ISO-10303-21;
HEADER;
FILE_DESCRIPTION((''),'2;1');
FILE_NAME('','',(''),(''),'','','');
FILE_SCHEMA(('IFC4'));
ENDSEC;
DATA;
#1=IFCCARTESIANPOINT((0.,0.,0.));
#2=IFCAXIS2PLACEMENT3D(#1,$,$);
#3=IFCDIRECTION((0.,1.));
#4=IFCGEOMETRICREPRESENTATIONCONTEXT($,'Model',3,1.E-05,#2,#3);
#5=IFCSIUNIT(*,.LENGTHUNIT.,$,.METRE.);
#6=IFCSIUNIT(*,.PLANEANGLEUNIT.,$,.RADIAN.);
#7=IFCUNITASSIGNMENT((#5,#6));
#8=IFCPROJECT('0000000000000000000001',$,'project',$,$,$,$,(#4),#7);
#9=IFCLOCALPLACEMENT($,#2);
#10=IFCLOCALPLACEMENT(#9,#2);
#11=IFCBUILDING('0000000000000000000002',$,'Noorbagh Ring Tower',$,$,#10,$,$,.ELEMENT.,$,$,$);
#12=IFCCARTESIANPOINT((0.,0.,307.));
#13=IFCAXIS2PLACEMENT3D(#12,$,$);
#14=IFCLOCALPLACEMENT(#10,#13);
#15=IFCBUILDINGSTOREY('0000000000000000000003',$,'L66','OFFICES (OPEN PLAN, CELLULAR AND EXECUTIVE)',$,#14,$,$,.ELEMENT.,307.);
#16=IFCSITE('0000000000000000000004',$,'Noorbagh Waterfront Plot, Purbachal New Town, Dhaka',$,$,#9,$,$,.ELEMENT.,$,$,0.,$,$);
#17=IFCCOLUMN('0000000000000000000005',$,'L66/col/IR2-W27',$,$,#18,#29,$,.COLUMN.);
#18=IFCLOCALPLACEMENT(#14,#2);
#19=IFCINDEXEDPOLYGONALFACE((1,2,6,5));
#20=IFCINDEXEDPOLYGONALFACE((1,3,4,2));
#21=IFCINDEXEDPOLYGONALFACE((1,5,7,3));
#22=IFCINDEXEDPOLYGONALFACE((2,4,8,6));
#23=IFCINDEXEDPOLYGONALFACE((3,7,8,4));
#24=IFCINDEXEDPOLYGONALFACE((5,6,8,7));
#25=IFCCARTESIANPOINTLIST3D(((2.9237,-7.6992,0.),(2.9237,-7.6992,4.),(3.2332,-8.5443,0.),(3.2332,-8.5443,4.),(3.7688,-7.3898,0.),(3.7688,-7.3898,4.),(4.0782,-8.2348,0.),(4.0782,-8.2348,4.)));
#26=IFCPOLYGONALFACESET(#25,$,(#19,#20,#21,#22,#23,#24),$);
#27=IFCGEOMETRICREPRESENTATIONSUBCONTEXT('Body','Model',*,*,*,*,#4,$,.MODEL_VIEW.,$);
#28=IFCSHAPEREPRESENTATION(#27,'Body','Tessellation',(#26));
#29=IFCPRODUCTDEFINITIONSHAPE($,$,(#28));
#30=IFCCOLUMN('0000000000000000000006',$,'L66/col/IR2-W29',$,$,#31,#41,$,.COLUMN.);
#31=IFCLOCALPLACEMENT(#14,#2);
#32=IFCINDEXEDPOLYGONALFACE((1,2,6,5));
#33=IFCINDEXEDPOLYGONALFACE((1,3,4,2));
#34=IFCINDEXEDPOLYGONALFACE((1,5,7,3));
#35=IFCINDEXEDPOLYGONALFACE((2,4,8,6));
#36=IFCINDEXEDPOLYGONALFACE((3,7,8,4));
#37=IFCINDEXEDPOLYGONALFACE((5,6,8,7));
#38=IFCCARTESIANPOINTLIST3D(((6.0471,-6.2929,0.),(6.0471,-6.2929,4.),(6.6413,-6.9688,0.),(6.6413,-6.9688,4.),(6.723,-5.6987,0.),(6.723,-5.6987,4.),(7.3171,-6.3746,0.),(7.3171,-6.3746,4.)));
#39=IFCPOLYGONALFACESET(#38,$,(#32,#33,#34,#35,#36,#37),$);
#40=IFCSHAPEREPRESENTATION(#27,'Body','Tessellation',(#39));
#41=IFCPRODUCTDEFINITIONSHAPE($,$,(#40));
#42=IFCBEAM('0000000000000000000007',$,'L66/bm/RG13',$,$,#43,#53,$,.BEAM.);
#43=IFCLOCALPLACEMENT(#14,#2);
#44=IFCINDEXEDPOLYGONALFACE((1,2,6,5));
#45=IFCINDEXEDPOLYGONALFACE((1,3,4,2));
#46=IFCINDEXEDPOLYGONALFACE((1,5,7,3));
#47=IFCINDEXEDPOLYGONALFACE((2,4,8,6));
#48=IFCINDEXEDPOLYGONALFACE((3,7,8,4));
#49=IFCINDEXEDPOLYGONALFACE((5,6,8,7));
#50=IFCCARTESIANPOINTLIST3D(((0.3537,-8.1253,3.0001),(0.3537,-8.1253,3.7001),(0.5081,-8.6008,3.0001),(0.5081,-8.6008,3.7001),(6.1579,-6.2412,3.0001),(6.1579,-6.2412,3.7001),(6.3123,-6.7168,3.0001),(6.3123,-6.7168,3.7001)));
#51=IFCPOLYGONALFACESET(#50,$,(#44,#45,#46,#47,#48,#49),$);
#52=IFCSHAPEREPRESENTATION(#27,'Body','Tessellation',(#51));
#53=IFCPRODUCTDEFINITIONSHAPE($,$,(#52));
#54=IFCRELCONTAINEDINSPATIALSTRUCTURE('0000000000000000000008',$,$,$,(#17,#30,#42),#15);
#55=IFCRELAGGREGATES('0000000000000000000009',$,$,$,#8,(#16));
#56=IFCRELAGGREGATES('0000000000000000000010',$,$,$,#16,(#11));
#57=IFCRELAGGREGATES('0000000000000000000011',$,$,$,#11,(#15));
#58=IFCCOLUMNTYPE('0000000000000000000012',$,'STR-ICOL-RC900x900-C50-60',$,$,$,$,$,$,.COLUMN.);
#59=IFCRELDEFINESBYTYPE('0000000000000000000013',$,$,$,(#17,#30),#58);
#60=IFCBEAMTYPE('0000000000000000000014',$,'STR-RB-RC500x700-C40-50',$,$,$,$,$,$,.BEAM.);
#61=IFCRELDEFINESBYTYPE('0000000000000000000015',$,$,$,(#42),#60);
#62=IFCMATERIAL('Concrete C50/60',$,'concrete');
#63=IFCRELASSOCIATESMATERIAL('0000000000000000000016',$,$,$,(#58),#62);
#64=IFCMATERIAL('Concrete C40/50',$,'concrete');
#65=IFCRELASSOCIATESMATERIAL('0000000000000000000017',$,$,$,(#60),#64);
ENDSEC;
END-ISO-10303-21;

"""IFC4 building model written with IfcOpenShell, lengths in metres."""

from ifc_helpers import new_model, si_unit, direction, frame, origin, origin_2d, place, context, subcontext, project, spatial, rectangle, extrude, material, material_profile, profile_set, type_object, element, save


model = new_model("IFC4")

# Units and contexts
model_context = context("Model", 3, precision=1e-05, world=origin(), true_north=direction((0.0, 1.0)))
body_context = subcontext(model_context, "Body", "Model", "MODEL_VIEW")
ifc_project = project(units=[si_unit("LENGTHUNIT", "METRE"), si_unit("PLANEANGLEUNIT", "RADIAN")], contexts=[model_context])

# Site, building, storey
site_placement = place(None, origin())
site = spatial("IfcSite", under=ifc_project, at=site_placement, Name="Noorbagh Waterfront Plot, Purbachal New Town, Dhaka", CompositionType="ELEMENT", RefElevation=0.0)
building_placement = place(site_placement, origin())
building = spatial("IfcBuilding", under=site, at=building_placement, Name="Noorbagh Ring Tower", CompositionType="ELEMENT")
storey_placement = place(building_placement, frame((0.0, 0.0, 307.0)))
storey = spatial("IfcBuildingStorey", under=building, at=storey_placement, Name="L66", Description="OFFICES (OPEN PLAN, CELLULAR AND EXECUTIVE)", CompositionType="ELEMENT", Elevation=307.0)

# Columns
ifc_material_1 = material(Name="Concrete C50/60", Category="concrete")
ifc_material_profile_1 = material_profile(ifc_material_1, rectangle(XDim=0.8999, YDim=0.8999, at=origin_2d()), Name="RC900x900")
ifc_profile_set_1 = profile_set([ifc_material_profile_1], Name="Concrete C50/60")
column_type = type_object("IfcColumnType", Name="STR-ICOL-RC900x900-C50-60", PredefinedType="COLUMN", material=ifc_profile_set_1)
for number, where, z_axis, x_axis, name in (
    (1, (3.501, -7.967, 0.0), (0.0, 0.0, 1.0), (0.93902, 0.343864, 0.0), "L66/col/IR2-W27"),
    (2, (6.6821, -6.3337, 0.0), (0.0, 0.0, 1.0), (0.751022, 0.660277, 0.0), "L66/col/IR2-W29"),
):
    element("IfcColumn", number, at=place(storey_placement, frame(where, z_axis=z_axis, x_axis=x_axis)), inside=storey, type_object=column_type, Name=name, PredefinedType="COLUMN", context=body_context, shape_type="SweptSolid", body=[
        extrude(rectangle(XDim=0.8999, YDim=0.8999, at=origin_2d()), origin(), (0.0, 0.0, 1.0), 4.0),
    ])

# Beam
ifc_material_2 = material(Name="Concrete C40/50", Category="concrete")
ifc_material_profile_2 = material_profile(ifc_material_2, rectangle(XDim=0.5, YDim=0.7, at=origin_2d()), Name="RC500x700")
ifc_profile_set_2 = profile_set([ifc_material_profile_2], Name="Concrete C40/50")
beam_type = type_object("IfcBeamType", Name="STR-RB-RC500x700-C40-50", PredefinedType="BEAM", material=ifc_profile_set_2)
beam_placement = place(storey_placement, frame((0.4309, -8.363, 3.3501), z_axis=(0.951146, 0.30874, 0.0), x_axis=(-0.30874, 0.951146, 0.0)))
element("IfcBeam", 3, at=beam_placement, inside=storey, type_object=beam_type, Name="L66/bm/RG13", PredefinedType="BEAM", context=body_context, shape_type="SweptSolid", body=[
    extrude(rectangle(XDim=0.5, YDim=0.7, at=origin_2d()), origin(), (0.0, 0.0, 1.0), 6.1023),
])

save(model, "model.ifc")
